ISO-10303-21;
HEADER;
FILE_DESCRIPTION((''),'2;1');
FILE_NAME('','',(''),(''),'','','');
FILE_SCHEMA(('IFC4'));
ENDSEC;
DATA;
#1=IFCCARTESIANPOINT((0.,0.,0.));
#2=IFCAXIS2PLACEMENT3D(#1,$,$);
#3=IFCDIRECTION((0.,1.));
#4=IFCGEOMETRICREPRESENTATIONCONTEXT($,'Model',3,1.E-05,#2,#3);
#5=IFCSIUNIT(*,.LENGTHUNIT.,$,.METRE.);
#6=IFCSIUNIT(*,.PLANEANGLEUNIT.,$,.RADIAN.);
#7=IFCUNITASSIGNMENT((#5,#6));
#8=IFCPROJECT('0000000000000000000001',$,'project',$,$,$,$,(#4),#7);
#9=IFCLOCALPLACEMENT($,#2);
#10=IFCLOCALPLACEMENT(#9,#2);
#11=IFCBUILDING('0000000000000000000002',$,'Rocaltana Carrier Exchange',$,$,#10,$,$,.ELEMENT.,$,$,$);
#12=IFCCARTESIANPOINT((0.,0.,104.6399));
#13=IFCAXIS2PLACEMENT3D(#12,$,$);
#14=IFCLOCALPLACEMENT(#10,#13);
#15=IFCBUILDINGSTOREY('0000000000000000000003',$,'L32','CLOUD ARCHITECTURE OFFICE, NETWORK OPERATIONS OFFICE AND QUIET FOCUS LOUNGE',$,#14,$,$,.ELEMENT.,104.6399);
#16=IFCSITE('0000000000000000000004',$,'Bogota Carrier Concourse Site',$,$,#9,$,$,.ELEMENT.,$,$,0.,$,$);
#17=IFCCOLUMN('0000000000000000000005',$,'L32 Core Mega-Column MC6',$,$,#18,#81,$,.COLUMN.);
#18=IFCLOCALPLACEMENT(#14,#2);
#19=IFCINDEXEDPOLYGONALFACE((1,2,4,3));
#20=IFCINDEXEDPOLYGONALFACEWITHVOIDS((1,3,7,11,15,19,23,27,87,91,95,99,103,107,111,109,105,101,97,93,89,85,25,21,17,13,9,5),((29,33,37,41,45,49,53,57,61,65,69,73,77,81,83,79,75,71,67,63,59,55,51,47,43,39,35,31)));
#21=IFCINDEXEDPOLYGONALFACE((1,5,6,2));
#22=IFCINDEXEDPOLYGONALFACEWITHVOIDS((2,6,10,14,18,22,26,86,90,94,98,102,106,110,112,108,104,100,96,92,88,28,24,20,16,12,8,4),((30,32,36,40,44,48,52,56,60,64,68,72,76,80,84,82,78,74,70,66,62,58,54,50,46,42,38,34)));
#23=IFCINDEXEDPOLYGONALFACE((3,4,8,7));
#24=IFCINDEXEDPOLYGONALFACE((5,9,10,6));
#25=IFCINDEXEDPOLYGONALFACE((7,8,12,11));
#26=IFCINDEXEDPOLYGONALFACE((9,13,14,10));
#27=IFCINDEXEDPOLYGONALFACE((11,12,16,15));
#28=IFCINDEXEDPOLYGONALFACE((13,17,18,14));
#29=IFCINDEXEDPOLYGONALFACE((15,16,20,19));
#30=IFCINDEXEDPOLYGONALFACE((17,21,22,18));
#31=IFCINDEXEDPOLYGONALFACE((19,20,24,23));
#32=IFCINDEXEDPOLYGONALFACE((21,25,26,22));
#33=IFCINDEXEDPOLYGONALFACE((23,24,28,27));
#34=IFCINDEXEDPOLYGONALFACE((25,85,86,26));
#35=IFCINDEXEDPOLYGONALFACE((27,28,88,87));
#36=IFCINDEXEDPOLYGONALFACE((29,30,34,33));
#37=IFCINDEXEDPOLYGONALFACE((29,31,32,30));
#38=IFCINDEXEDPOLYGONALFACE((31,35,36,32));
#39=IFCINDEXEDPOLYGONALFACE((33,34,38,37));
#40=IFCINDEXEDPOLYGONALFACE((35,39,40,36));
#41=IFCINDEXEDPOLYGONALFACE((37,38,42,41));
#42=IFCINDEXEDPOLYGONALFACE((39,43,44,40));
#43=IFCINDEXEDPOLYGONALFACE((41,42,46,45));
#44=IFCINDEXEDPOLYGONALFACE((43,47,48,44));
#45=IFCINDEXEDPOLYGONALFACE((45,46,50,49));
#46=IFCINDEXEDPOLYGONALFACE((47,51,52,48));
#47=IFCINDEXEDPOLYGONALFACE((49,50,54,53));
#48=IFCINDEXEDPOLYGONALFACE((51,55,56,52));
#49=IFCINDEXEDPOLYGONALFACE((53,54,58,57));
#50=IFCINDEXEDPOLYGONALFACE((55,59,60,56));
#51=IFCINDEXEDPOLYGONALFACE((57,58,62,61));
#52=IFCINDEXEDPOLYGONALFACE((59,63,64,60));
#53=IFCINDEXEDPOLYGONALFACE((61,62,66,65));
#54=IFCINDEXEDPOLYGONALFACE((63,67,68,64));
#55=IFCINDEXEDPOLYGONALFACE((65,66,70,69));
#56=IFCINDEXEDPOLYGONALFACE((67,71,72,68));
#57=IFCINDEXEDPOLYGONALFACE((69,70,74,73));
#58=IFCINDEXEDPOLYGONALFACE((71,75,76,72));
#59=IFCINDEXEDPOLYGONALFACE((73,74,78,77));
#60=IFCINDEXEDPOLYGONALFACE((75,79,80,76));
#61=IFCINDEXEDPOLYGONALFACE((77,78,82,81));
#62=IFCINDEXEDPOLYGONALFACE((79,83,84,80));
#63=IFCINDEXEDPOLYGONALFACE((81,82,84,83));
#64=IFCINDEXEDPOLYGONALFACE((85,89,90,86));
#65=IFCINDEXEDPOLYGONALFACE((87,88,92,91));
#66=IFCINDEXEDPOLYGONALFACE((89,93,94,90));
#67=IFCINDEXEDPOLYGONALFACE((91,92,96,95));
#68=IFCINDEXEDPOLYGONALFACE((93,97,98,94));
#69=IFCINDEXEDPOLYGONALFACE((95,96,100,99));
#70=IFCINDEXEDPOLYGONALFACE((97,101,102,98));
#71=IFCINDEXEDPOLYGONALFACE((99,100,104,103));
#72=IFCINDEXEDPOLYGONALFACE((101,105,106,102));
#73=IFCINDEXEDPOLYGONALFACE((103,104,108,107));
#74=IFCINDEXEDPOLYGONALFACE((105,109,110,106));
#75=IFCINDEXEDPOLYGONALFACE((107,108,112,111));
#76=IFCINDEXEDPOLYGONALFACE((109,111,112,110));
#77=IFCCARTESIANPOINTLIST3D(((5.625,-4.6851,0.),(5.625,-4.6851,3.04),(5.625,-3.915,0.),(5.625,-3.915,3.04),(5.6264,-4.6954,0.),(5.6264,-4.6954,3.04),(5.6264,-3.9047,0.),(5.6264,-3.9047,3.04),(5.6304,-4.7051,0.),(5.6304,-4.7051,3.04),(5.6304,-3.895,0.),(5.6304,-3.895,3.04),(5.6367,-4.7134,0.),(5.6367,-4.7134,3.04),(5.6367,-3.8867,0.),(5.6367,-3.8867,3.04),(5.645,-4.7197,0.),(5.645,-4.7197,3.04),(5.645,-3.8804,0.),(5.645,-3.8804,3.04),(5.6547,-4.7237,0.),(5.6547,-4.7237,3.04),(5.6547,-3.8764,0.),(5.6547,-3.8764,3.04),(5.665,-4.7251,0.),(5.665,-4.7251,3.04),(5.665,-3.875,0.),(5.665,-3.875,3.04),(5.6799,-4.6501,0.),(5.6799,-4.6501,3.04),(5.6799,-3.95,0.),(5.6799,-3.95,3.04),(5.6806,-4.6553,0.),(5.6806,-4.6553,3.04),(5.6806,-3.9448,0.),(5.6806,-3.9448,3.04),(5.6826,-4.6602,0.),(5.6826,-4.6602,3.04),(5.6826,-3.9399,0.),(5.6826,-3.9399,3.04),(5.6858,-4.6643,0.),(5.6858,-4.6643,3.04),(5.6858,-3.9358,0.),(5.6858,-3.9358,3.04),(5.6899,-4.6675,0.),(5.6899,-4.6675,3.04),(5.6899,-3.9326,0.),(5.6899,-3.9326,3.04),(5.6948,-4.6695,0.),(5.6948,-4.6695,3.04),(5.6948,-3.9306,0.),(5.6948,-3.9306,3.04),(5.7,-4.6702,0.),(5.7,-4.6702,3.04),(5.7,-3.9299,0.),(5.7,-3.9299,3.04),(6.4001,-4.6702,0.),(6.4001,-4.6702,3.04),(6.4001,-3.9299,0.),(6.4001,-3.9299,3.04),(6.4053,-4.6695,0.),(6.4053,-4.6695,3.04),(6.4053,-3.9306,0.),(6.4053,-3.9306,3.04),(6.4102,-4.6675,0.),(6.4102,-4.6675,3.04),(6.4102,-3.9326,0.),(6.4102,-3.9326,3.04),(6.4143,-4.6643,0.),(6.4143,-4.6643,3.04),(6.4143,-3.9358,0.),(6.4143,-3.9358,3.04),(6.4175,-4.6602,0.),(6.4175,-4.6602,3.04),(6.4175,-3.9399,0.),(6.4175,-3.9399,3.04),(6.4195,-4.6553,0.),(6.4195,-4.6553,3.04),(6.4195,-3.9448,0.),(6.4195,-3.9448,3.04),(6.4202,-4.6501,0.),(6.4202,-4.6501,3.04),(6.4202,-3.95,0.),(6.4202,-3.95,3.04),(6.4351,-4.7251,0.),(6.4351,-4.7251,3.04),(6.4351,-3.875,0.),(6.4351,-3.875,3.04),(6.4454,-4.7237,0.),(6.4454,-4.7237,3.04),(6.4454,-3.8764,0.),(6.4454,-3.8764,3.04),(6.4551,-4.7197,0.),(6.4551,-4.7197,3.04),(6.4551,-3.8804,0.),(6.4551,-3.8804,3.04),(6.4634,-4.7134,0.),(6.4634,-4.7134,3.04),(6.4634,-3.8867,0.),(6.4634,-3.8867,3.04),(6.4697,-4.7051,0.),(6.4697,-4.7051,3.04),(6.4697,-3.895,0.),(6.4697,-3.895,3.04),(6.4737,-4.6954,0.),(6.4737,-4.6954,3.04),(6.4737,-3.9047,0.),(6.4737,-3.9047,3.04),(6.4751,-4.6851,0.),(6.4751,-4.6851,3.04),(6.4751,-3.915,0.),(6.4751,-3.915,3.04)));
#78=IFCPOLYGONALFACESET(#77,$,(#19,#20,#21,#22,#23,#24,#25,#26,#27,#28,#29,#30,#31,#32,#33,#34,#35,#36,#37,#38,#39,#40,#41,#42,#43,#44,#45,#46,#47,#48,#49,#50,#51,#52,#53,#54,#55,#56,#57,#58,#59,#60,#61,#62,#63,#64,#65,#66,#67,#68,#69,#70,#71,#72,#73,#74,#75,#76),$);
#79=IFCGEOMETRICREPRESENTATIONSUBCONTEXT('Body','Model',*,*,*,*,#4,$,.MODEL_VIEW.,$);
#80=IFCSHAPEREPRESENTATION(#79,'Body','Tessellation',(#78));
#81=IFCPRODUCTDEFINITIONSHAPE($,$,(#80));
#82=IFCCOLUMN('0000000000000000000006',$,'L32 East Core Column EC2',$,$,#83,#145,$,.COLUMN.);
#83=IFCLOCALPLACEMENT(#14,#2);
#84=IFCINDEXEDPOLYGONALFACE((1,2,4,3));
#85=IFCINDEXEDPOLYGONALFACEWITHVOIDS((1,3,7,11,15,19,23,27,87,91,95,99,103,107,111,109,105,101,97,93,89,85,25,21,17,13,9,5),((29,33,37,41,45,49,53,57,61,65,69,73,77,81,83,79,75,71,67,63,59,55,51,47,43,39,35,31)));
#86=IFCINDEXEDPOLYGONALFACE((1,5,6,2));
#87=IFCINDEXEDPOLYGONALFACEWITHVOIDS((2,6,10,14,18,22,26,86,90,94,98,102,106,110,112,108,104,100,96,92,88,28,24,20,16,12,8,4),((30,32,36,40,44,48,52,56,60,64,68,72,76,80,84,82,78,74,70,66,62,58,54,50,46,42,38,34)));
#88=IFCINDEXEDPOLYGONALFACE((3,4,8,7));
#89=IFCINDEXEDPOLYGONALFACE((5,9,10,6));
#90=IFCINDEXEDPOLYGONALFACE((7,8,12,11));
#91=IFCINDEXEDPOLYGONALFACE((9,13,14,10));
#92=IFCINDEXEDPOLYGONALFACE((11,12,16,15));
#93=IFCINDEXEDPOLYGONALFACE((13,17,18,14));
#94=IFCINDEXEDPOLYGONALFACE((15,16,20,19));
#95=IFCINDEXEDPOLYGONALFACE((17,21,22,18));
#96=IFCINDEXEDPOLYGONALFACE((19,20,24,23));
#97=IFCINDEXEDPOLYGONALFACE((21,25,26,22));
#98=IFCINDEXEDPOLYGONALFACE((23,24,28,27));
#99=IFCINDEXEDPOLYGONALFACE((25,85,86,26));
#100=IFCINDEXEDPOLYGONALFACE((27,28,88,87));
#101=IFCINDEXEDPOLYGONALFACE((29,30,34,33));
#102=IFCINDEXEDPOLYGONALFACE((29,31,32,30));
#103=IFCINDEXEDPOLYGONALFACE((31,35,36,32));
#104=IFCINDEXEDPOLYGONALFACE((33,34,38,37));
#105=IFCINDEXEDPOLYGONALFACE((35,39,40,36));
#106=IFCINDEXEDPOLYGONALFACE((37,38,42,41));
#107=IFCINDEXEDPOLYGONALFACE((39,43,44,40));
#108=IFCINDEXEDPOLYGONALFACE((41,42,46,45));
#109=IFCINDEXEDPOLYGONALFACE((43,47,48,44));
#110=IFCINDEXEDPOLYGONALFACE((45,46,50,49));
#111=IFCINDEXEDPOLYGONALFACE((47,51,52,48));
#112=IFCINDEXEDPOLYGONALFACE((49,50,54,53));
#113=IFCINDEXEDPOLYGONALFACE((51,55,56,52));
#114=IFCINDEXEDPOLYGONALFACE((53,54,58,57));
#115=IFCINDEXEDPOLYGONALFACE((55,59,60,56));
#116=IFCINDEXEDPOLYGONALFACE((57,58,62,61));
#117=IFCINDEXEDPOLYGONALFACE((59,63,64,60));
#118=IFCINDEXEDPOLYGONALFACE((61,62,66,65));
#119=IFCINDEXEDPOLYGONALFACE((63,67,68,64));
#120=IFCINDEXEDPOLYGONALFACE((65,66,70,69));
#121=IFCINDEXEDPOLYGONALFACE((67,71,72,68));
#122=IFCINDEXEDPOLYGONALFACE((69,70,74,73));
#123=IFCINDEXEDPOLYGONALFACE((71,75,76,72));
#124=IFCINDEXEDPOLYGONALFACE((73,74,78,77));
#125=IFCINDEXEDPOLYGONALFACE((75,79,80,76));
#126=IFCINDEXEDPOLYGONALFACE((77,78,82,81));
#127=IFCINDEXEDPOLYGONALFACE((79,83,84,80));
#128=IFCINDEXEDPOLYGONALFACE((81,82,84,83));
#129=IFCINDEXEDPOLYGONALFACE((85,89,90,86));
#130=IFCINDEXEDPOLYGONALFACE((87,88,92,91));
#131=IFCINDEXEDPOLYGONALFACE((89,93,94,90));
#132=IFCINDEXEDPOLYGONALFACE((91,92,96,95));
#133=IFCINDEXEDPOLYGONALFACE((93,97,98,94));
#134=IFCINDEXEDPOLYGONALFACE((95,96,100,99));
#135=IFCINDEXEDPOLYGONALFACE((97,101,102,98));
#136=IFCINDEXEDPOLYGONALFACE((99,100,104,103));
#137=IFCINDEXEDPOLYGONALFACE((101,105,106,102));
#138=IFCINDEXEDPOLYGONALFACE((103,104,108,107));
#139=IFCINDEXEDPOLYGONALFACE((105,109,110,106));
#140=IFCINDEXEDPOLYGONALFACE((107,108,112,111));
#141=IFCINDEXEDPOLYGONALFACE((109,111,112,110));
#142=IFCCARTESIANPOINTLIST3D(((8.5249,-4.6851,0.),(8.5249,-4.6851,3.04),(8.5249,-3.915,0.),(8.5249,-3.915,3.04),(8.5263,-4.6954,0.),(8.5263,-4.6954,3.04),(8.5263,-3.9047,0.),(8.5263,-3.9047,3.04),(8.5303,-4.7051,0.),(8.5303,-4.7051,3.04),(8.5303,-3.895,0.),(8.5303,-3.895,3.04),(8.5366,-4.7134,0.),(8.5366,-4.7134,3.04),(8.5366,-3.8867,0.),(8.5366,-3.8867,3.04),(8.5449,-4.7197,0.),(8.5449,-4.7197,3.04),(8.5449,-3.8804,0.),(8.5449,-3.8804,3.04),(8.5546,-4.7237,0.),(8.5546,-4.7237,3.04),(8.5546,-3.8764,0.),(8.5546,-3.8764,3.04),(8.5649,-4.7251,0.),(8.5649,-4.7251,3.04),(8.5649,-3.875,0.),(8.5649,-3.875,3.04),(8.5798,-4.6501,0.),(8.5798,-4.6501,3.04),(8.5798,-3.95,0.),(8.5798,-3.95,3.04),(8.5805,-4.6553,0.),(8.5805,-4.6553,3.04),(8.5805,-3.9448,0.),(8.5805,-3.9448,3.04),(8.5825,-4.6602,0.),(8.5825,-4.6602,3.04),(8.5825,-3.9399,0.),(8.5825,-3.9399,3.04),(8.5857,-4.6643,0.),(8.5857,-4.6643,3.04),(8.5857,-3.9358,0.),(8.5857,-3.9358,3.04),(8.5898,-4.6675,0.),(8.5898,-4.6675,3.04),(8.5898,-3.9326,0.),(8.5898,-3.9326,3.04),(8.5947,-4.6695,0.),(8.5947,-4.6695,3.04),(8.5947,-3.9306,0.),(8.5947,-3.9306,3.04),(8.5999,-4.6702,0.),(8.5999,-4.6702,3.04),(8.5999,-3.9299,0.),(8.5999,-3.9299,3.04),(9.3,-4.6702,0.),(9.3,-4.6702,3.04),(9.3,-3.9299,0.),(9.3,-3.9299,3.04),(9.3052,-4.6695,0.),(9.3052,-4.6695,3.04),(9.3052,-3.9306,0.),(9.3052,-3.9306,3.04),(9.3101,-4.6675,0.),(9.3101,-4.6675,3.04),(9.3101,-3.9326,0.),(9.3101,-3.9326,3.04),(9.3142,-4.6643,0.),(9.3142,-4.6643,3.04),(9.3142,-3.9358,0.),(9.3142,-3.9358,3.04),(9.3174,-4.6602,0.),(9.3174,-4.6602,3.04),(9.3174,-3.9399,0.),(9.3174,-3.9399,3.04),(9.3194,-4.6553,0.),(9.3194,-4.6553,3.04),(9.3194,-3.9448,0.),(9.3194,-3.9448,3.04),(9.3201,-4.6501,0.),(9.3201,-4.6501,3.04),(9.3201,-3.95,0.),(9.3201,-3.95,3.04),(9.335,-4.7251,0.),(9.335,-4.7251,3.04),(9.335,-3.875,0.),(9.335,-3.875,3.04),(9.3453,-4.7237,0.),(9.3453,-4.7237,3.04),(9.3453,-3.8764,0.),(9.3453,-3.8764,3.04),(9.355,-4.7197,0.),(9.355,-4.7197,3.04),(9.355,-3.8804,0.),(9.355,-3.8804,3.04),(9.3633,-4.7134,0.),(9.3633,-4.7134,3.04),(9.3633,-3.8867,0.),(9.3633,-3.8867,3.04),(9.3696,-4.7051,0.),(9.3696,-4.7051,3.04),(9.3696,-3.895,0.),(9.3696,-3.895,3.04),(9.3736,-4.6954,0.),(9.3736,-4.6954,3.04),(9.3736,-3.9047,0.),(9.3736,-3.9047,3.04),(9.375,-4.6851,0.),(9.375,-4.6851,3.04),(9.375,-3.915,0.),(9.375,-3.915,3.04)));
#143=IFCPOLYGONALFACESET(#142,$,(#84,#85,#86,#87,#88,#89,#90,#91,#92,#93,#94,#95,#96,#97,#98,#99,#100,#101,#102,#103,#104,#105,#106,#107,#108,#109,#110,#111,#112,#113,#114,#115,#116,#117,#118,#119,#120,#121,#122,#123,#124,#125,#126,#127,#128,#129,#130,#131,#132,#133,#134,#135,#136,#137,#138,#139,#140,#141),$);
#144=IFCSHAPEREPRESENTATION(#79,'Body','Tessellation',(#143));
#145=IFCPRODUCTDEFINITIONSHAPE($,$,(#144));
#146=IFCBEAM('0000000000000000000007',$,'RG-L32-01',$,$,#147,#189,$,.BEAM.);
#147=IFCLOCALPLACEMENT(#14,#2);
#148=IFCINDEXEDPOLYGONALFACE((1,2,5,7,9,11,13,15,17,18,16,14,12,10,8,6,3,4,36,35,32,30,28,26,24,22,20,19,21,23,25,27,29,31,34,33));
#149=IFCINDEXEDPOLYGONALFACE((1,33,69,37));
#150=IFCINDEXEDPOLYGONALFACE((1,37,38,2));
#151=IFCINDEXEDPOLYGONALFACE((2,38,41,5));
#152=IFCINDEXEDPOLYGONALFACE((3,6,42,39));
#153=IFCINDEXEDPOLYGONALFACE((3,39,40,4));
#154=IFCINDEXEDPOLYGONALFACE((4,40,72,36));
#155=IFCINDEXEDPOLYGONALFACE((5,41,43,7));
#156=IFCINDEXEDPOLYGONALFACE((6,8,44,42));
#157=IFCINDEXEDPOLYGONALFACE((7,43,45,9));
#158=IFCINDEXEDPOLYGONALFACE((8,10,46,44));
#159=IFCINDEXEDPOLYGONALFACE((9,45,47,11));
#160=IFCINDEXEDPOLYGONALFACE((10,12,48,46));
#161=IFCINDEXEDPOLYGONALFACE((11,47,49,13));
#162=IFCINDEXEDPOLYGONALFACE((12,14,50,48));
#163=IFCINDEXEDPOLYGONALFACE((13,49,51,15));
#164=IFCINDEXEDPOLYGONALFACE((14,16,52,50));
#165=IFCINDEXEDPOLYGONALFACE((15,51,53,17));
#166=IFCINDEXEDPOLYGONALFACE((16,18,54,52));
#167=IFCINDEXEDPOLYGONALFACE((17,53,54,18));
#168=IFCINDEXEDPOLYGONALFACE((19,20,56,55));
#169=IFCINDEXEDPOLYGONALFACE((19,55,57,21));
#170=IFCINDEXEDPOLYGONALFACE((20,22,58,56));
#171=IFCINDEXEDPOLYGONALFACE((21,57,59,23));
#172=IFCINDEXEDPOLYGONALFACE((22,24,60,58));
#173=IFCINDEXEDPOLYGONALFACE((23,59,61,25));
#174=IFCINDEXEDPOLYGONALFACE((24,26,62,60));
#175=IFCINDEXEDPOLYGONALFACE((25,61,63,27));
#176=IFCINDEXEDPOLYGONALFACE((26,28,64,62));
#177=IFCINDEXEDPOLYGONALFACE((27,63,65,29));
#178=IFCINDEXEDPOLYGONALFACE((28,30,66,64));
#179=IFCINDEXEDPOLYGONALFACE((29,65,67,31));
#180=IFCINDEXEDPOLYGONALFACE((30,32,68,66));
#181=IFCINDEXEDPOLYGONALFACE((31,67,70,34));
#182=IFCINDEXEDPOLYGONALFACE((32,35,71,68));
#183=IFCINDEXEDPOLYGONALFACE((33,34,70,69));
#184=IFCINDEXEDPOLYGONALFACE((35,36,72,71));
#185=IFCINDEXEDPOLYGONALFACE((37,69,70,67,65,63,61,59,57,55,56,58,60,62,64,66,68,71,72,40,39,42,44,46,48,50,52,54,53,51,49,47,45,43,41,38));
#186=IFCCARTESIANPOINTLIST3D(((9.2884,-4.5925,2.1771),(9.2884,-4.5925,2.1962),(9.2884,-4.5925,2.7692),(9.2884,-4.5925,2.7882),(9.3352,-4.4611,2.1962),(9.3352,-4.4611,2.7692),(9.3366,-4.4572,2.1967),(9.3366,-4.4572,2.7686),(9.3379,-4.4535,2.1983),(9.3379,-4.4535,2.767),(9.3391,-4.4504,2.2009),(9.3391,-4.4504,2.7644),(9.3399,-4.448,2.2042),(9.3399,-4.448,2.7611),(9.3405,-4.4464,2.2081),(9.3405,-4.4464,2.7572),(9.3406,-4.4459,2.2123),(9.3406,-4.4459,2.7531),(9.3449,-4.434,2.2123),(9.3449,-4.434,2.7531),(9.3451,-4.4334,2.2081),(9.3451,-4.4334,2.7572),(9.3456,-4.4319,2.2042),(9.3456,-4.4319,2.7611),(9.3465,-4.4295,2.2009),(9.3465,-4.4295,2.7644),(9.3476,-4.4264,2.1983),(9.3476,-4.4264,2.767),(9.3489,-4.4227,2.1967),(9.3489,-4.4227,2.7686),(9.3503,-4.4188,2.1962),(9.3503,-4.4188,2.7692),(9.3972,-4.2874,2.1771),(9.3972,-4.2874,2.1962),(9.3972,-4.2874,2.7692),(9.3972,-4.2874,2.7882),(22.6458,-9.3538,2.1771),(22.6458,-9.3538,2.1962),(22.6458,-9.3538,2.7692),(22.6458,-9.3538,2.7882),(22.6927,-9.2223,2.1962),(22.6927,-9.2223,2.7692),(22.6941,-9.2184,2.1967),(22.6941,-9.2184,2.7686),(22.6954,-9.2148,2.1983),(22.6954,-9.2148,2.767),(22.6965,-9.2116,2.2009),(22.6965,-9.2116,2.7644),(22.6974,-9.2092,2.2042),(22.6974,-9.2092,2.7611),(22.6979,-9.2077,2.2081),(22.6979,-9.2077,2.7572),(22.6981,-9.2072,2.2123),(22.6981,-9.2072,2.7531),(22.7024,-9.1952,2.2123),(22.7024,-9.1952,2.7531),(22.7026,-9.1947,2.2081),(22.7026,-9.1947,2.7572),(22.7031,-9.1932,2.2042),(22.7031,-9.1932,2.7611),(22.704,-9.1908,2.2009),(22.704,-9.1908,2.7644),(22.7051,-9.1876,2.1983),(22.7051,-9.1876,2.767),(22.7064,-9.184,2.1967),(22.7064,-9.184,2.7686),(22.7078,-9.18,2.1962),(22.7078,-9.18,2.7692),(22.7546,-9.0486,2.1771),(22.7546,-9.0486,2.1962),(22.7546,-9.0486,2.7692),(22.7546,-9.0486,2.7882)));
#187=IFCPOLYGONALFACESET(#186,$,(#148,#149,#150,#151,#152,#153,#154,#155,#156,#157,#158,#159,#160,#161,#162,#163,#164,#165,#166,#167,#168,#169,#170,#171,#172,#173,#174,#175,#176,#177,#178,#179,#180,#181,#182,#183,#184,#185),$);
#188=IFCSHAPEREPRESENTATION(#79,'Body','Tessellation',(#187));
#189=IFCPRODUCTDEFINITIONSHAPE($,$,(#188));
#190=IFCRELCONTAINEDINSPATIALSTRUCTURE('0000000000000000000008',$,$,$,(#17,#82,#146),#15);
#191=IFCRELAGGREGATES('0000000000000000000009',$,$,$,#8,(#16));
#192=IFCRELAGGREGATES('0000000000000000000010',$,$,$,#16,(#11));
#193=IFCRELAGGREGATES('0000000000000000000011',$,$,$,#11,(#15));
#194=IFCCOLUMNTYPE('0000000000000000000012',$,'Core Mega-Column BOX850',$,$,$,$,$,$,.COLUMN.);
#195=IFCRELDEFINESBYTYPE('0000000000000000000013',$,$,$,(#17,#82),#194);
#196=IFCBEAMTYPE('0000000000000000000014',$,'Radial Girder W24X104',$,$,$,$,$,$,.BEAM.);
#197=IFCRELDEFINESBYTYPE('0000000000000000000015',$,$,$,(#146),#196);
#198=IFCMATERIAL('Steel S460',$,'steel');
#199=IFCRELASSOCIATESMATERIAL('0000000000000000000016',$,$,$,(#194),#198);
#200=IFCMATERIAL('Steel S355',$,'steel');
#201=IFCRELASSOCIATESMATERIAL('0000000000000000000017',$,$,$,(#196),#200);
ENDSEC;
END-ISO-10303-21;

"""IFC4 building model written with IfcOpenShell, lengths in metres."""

from ifc_helpers import new_model, si_unit, direction, frame, origin, origin_2d, place, context, subcontext, project, spatial, hollow_rectangle, i_section, extrude, material, material_profile, profile_set, type_object, element, save


model = new_model("IFC4")

# Units and contexts
model_context = context("Model", 3, precision=1e-05, world=origin(), true_north=direction((0.0, 1.0)))
body_context = subcontext(model_context, "Body", "Model", "MODEL_VIEW")
ifc_project = project(units=[si_unit("LENGTHUNIT", "METRE"), si_unit("PLANEANGLEUNIT", "RADIAN")], contexts=[model_context])

# Site, building, storey
site_placement = place(None, origin())
site = spatial("IfcSite", under=ifc_project, at=site_placement, Name="Bogota Carrier Concourse Site", CompositionType="ELEMENT", RefElevation=0.0)
building_placement = place(site_placement, origin())
building = spatial("IfcBuilding", under=site, at=building_placement, Name="Rocaltana Carrier Exchange", CompositionType="ELEMENT")
storey_placement = place(building_placement, frame((0.0, 0.0, 104.6399)))
storey = spatial("IfcBuildingStorey", under=building, at=storey_placement, Name="L32", Description="CLOUD ARCHITECTURE OFFICE, NETWORK OPERATIONS OFFICE AND QUIET FOCUS LOUNGE", CompositionType="ELEMENT", Elevation=104.6399)

# Columns
ifc_material_1 = material(Name="Steel S460", Category="steel")
ifc_material_profile_1 = material_profile(ifc_material_1, hollow_rectangle(XDim=0.8501, YDim=0.8501, WallThickness=0.0549, InnerFilletRadius=0.02, OuterFilletRadius=0.04, at=origin_2d()), Name="BOX850X850X55")
ifc_profile_set_1 = profile_set([ifc_material_profile_1], Name="Steel S460")
column_type = type_object("IfcColumnType", Name="Core Mega-Column BOX850", PredefinedType="COLUMN", material=ifc_profile_set_1)
for number, where, z_axis, x_axis, name in (
    (1, (6.05, -4.3, 0.0), (0.0, 0.0, 1.0), (1.0, 0.0, 0.0), "L32 Core Mega-Column MC6"),
    (2, (8.95, -4.3, 0.0), (0.0, 0.0, 1.0), (1.0, 0.0, 0.0), "L32 East Core Column EC2"),
):
    element("IfcColumn", number, at=place(storey_placement, frame(where, z_axis=z_axis, x_axis=x_axis)), inside=storey, type_object=column_type, Name=name, PredefinedType="COLUMN", context=body_context, shape_type="SweptSolid", body=[
        extrude(hollow_rectangle(XDim=0.8501, YDim=0.8501, WallThickness=0.0549, InnerFilletRadius=0.02, OuterFilletRadius=0.04, at=origin_2d()), origin(), (0.0, 0.0, 1.0), 3.04),
    ])

# Beam
ifc_material_2 = material(Name="Steel S355", Category="steel")
ifc_material_profile_2 = material_profile(ifc_material_2, i_section(OverallWidth=0.324, OverallDepth=0.6111, WebThickness=0.0127, FlangeThickness=0.019, FilletRadius=0.0161, at=origin_2d()), Name="W24X104")
ifc_profile_set_2 = profile_set([ifc_material_profile_2], Name="Steel S355")
beam_type = type_object("IfcBeamType", Name="Radial Girder W24X104", PredefinedType="BEAM", material=ifc_profile_set_2)
beam_placement = place(storey_placement, frame((9.3428, -4.4399, 2.4827), z_axis=(0.941949, -0.335756, 0.0), x_axis=(0.335756, 0.941949, 0.0)))
element("IfcBeam", 3, at=beam_placement, inside=storey, type_object=beam_type, Name="RG-L32-01", PredefinedType="BEAM", context=body_context, shape_type="SweptSolid", body=[
    extrude(i_section(OverallWidth=0.324, OverallDepth=0.6111, WebThickness=0.0127, FlangeThickness=0.019, FilletRadius=0.0161, at=origin_2d()), origin(), (0.0, 0.0, 1.0), 14.1807),
])

save(model, "model.ifc")
